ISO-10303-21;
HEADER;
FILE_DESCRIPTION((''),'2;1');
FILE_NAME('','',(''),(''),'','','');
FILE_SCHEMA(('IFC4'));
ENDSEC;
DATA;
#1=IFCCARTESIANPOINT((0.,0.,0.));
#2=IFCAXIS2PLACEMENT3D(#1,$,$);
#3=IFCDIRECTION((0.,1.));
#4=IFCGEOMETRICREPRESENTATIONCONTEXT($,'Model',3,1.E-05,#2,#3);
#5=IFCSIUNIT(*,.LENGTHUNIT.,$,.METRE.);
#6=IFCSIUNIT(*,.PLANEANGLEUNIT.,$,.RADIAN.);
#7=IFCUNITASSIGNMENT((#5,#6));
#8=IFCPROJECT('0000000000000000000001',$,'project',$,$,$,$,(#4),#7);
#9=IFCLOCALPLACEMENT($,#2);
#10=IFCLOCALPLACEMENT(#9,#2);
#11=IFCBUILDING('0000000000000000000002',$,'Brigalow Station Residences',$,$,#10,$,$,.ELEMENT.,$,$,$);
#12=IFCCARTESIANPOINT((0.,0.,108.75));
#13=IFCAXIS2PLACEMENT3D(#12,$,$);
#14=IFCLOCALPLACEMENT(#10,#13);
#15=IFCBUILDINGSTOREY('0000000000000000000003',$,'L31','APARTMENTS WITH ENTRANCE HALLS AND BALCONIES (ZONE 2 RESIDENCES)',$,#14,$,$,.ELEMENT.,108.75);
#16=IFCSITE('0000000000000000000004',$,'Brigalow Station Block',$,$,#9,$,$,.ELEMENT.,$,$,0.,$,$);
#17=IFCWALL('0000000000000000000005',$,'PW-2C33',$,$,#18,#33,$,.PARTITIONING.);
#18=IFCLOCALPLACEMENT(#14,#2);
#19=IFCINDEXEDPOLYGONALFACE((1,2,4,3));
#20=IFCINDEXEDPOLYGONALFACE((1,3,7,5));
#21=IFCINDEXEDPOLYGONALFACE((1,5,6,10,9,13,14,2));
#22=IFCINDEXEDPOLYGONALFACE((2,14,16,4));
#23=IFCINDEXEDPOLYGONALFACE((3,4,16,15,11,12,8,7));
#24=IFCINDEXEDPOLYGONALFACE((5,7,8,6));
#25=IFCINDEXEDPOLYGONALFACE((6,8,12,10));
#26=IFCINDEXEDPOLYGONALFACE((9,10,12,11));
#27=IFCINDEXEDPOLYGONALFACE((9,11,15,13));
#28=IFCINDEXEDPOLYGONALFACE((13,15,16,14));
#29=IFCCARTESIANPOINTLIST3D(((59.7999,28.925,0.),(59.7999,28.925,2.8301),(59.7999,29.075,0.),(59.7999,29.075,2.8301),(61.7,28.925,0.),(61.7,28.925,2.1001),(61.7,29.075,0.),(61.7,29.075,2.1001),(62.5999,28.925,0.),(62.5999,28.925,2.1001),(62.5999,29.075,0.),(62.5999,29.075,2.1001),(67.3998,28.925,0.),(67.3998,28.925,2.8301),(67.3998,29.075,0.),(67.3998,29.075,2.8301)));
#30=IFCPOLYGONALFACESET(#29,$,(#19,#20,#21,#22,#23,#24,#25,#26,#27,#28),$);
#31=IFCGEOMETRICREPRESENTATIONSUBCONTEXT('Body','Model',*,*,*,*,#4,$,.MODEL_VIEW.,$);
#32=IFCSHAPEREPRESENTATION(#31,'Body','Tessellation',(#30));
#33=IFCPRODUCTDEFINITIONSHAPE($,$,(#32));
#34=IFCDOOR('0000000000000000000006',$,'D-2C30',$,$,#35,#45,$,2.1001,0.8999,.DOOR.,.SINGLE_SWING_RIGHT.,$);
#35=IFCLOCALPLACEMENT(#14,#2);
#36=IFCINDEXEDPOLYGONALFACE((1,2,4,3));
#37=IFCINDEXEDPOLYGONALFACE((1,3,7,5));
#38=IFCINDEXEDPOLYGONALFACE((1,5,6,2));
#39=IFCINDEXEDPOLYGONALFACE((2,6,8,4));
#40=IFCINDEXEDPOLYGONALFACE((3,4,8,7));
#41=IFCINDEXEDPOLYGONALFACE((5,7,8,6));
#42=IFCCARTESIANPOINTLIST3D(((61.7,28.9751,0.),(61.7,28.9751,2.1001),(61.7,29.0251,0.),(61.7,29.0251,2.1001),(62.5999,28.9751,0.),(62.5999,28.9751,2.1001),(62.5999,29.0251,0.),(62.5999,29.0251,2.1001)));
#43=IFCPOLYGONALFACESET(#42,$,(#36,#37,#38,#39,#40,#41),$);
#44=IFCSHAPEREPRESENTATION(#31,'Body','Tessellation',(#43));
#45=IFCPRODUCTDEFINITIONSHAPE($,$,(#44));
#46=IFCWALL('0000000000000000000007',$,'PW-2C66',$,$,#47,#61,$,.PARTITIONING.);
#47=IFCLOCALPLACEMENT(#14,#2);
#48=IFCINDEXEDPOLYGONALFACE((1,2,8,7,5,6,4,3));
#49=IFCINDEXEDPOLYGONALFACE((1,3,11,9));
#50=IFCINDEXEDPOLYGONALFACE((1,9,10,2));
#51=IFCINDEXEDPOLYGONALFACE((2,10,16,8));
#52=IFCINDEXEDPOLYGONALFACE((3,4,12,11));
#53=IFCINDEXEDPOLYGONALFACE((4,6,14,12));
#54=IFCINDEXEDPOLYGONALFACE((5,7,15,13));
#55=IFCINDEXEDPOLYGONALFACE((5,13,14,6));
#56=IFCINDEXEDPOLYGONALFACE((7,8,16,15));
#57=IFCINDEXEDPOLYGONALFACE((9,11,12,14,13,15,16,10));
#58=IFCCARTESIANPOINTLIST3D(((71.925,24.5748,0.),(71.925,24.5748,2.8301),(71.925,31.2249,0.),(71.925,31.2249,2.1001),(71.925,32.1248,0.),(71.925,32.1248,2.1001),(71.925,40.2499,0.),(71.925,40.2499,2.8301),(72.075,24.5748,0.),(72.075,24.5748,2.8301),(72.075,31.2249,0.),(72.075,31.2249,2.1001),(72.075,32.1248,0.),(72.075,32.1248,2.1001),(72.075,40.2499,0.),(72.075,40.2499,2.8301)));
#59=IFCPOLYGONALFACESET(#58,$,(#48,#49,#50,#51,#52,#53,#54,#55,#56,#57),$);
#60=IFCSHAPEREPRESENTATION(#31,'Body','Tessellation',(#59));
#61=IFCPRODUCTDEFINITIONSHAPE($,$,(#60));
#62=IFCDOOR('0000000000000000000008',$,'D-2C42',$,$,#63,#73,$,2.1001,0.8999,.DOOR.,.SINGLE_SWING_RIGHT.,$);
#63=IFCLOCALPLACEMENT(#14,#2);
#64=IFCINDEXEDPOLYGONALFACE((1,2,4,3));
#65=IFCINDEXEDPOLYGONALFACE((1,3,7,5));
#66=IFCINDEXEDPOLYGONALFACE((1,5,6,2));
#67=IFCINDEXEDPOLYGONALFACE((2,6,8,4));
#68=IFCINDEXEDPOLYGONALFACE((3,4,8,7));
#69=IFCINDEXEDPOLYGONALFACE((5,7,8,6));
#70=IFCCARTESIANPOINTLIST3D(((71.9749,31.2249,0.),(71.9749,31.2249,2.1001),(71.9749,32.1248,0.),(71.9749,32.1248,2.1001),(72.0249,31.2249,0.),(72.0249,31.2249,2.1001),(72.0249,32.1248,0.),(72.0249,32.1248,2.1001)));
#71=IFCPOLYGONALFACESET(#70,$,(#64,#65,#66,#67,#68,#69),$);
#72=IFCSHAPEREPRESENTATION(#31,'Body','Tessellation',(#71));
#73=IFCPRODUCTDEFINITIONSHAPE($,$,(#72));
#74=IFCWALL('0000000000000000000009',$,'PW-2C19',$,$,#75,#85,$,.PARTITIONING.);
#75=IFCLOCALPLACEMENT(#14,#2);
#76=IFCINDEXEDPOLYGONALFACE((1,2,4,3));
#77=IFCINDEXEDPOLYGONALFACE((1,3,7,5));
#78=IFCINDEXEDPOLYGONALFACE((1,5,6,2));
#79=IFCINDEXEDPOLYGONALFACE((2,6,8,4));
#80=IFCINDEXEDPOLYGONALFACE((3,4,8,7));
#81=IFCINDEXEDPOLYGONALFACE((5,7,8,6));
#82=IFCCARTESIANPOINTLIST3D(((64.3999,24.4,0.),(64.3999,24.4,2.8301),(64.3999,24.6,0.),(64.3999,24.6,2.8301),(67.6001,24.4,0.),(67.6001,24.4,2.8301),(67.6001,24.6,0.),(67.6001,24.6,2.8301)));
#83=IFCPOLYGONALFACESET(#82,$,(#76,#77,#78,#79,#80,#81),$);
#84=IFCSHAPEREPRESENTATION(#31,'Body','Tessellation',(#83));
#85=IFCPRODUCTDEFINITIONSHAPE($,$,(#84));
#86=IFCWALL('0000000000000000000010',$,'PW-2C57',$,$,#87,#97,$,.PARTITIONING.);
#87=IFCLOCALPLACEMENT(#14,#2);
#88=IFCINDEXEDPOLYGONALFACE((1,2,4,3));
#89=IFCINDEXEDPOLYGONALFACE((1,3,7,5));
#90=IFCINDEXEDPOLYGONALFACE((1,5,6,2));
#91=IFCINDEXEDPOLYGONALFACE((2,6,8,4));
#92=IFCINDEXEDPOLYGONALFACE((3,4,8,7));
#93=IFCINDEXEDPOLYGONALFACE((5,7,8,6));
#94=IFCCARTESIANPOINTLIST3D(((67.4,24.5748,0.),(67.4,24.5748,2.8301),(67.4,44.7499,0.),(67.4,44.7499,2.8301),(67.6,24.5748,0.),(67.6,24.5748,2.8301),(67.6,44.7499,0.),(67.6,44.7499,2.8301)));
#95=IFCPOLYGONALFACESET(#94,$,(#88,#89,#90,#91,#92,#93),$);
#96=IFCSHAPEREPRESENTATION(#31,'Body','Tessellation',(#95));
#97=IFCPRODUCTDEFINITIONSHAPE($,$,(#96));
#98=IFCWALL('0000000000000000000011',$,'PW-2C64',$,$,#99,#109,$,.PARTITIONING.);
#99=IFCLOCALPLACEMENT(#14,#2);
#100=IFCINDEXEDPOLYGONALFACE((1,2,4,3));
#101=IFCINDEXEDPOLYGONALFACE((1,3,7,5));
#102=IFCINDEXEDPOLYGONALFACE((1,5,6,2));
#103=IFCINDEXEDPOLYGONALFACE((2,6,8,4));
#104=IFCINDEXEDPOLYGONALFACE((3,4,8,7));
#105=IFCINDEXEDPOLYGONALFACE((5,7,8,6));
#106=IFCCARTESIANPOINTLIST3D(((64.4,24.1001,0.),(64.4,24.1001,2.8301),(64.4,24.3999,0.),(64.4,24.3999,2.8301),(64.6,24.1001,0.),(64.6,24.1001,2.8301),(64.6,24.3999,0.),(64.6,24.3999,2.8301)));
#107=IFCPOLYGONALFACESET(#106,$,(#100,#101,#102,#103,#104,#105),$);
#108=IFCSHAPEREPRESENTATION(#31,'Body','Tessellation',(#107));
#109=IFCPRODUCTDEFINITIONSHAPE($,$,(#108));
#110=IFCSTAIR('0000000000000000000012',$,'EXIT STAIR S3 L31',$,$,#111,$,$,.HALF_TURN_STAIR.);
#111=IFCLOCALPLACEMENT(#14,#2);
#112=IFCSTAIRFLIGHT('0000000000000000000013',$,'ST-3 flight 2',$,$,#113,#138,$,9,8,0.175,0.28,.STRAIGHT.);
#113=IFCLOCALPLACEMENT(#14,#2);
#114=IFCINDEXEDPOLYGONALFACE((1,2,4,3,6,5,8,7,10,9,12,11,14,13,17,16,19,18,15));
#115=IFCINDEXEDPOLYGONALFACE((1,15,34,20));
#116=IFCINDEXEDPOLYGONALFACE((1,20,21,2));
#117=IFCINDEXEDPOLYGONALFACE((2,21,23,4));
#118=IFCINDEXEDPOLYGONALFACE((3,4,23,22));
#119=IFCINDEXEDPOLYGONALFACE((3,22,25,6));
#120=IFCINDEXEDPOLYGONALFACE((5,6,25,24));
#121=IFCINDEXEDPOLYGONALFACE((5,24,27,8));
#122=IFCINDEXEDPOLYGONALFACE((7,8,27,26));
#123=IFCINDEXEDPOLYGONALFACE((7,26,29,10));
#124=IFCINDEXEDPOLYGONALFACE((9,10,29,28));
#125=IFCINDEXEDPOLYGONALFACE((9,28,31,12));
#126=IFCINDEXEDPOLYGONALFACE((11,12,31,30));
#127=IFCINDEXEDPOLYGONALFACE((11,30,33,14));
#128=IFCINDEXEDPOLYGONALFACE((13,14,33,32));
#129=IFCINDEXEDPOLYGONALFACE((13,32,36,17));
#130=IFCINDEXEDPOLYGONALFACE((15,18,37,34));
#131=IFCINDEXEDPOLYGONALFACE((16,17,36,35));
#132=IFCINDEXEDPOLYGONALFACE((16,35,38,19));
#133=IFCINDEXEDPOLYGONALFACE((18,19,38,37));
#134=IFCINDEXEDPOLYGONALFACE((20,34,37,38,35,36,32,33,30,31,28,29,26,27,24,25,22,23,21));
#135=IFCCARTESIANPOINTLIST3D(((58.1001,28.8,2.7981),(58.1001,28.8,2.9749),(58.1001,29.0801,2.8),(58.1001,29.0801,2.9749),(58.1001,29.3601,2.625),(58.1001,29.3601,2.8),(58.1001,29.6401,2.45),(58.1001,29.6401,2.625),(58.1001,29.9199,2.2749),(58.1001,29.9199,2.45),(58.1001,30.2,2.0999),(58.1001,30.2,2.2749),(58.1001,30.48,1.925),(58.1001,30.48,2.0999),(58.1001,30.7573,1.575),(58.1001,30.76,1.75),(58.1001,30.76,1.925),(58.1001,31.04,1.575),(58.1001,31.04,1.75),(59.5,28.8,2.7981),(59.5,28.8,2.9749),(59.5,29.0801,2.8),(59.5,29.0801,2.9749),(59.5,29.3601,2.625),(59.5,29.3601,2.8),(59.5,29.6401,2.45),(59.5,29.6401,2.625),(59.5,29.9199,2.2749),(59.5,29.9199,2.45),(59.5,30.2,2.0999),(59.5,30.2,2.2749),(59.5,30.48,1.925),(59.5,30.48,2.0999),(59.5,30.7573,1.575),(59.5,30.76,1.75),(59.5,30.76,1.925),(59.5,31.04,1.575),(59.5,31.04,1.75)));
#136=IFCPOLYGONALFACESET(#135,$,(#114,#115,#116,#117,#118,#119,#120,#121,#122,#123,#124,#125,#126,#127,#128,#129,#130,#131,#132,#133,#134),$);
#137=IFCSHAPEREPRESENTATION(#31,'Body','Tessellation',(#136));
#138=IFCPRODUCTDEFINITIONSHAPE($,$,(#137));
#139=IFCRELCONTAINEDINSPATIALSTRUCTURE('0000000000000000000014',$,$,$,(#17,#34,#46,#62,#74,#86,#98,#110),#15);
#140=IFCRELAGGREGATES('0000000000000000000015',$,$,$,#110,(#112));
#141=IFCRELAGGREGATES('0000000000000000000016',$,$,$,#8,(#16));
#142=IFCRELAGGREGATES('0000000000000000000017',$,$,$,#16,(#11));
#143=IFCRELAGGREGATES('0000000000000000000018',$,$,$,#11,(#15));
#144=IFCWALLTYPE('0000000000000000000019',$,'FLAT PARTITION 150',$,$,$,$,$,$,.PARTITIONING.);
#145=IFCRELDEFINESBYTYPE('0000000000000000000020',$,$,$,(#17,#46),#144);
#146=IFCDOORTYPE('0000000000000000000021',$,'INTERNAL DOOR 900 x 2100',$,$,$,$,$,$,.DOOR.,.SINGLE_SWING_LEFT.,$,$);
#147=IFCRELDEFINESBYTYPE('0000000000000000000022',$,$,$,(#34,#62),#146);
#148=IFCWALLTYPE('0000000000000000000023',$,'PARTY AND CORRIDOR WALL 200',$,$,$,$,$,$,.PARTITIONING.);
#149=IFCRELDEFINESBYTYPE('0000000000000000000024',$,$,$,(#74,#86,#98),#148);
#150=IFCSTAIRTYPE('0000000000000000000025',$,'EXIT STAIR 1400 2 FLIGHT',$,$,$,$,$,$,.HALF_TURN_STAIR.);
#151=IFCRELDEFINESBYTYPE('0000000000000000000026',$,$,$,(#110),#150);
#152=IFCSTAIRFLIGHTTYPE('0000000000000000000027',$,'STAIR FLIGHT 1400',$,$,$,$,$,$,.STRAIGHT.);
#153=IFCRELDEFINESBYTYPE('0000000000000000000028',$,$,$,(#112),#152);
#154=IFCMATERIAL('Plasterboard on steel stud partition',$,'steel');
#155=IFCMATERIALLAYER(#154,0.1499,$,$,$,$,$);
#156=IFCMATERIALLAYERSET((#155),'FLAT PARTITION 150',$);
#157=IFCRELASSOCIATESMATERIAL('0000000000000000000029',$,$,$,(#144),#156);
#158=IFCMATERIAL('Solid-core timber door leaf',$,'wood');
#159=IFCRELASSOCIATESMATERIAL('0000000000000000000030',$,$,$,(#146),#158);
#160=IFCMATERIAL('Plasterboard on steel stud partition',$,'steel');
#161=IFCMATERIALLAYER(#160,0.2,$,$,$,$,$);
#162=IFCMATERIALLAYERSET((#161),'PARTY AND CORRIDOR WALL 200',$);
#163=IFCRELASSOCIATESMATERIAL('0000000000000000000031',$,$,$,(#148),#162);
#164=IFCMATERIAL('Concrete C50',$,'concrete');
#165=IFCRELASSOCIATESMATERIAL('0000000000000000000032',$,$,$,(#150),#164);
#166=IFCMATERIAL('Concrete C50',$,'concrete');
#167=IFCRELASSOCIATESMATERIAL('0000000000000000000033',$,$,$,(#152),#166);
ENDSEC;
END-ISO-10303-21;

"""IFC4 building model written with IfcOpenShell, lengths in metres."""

from ifc_helpers import new_model, si_unit, direction, frame, frame_2d, origin, place, context, subcontext, project, spatial, polyline, rectangle, outline, extrude, material, layer, layer_set, type_object, element, fill, aggregate, save


model = new_model("IFC4")

# Units and contexts
model_context = context("Model", 3, precision=1e-05, world=origin(), true_north=direction((0.0, 1.0)))
body_context = subcontext(model_context, "Body", "Model", "MODEL_VIEW")
ifc_project = project(units=[si_unit("LENGTHUNIT", "METRE"), si_unit("PLANEANGLEUNIT", "RADIAN")], contexts=[model_context])

# Site, building, storey
site_placement = place(None, origin())
site = spatial("IfcSite", under=ifc_project, at=site_placement, Name="Brigalow Station Block", CompositionType="ELEMENT", RefElevation=0.0)
building_placement = place(site_placement, origin())
building = spatial("IfcBuilding", under=site, at=building_placement, Name="Brigalow Station Residences", CompositionType="ELEMENT")
storey_placement = place(building_placement, frame((0.0, 0.0, 108.75)))
storey = spatial("IfcBuildingStorey", under=building, at=storey_placement, Name="L31", Description="APARTMENTS WITH ENTRANCE HALLS AND BALCONIES (ZONE 2 RESIDENCES)", CompositionType="ELEMENT", Elevation=108.75)

# Shared definitions
ifc_material_1 = material(Name="Plasterboard on steel stud partition", Category="steel")
ifc_layer_1 = layer(ifc_material_1, 0.1499)
ifc_layer_set_1 = layer_set([ifc_layer_1], Name="FLAT PARTITION 150")
wall_type_1 = type_object("IfcWallType", Name="FLAT PARTITION 150", PredefinedType="PARTITIONING", material=ifc_layer_set_1)

# Walls, openings, doors
wall_1_placement = place(storey_placement, frame((59.8, 29.0, 0.0), z_axis=(0.0, 0.0, 1.0), x_axis=(1.0, 0.0, 0.0)))
wall_1 = element("IfcWall", 1, at=wall_1_placement, inside=storey, type_object=wall_type_1, Name="PW-2C33", PredefinedType="PARTITIONING", context=body_context, shape_type="SweptSolid", body=[
    extrude(rectangle(XDim=7.5999, YDim=0.1499, at=frame_2d((3.7998, 0.0))), origin(), (0.0, 0.0, 1.0), 2.8301),
])
opening_1_placement = place(wall_1_placement, frame((1.8999, 0.0, 0.0)))
opening_1 = element("IfcOpeningElement", 2, at=opening_1_placement, cuts=wall_1, PredefinedType="OPENING", context=body_context, shape_type="SweptSolid", body=[
    extrude(rectangle(XDim=0.8999, YDim=2.1001, at=frame_2d((0.45, 1.05))), frame((0.0, 0.085, 0.0), z_axis=(0.0, -1.0, 0.0), x_axis=(1.0, 0.0, 0.0)), (0.0, 0.0, 1.0), 0.1699),
])
ifc_material_2 = material(Name="Solid-core timber door leaf", Category="wood")
door_type_1 = type_object("IfcDoorType", Name="INTERNAL DOOR 900 x 2100", OperationType="SINGLE_SWING_LEFT", PredefinedType="DOOR", material=ifc_material_2)
door_1_placement = place(opening_1_placement, frame((0.8999, 0.0, 0.0), z_axis=(0.0, 0.0, 1.0), x_axis=(-1.0, 0.0, 0.0)))
door_1 = element("IfcDoor", 3, at=door_1_placement, inside=storey, type_object=door_type_1, Name="D-2C30", OperationType="SINGLE_SWING_RIGHT", OverallHeight=2.1001, OverallWidth=0.8999, PredefinedType="DOOR", context=body_context, shape_type="SweptSolid", body=[
    extrude(rectangle(XDim=0.8999, YDim=2.1001, at=frame_2d((0.45, 1.05))), frame((0.0, 0.0249, 0.0), z_axis=(0.0, -1.0, 0.0), x_axis=(1.0, 0.0, 0.0)), (0.0, 0.0, 1.0), 0.05),
])
fill(opening_1, door_1)
wall_2_placement = place(storey_placement, frame((72.0, 24.575, 0.0), z_axis=(0.0, 0.0, 1.0), x_axis=(0.0, 1.0, 0.0)))
wall_2 = element("IfcWall", 4, at=wall_2_placement, inside=storey, type_object=wall_type_1, Name="PW-2C66", PredefinedType="PARTITIONING", context=body_context, shape_type="SweptSolid", body=[
    extrude(rectangle(XDim=15.675, YDim=0.1499, at=frame_2d((7.8374, 0.0))), origin(), (0.0, 0.0, 1.0), 2.8301),
])
opening_2_placement = place(wall_2_placement, frame((6.6499, 0.0, 0.0)))
opening_2 = element("IfcOpeningElement", 5, at=opening_2_placement, cuts=wall_2, PredefinedType="OPENING", context=body_context, shape_type="SweptSolid", body=[
    extrude(rectangle(XDim=0.8999, YDim=2.1001, at=frame_2d((0.45, 1.05))), frame((0.0, 0.085, 0.0), z_axis=(0.0, -1.0, 0.0), x_axis=(1.0, 0.0, 0.0)), (0.0, 0.0, 1.0), 0.1699),
])
door_2_placement = place(opening_2_placement, frame((0.8999, 0.0, 0.0), z_axis=(0.0, 0.0, 1.0), x_axis=(-1.0, 0.0, 0.0)))
door_2 = element("IfcDoor", 6, at=door_2_placement, inside=storey, type_object=door_type_1, Name="D-2C42", OperationType="SINGLE_SWING_RIGHT", OverallHeight=2.1001, OverallWidth=0.8999, PredefinedType="DOOR", context=body_context, shape_type="SweptSolid", body=[
    extrude(rectangle(XDim=0.8999, YDim=2.1001, at=frame_2d((0.45, 1.05))), frame((0.0, 0.0249, 0.0), z_axis=(0.0, -1.0, 0.0), x_axis=(1.0, 0.0, 0.0)), (0.0, 0.0, 1.0), 0.05),
])
fill(opening_2, door_2)

# Walls
ifc_material_3 = material(Name="Plasterboard on steel stud partition", Category="steel")
ifc_layer_2 = layer(ifc_material_3, 0.2)
ifc_layer_set_2 = layer_set([ifc_layer_2], Name="PARTY AND CORRIDOR WALL 200")
wall_type_2 = type_object("IfcWallType", Name="PARTY AND CORRIDOR WALL 200", PredefinedType="PARTITIONING", material=ifc_layer_set_2)
wall_3_placement = place(storey_placement, frame((64.3999, 24.5, 0.0), z_axis=(0.0, 0.0, 1.0), x_axis=(1.0, 0.0, 0.0)))
element("IfcWall", 7, at=wall_3_placement, inside=storey, type_object=wall_type_2, Name="PW-2C19", PredefinedType="PARTITIONING", context=body_context, shape_type="SweptSolid", body=[
    extrude(rectangle(XDim=3.2002, YDim=0.2, at=frame_2d((1.6001, 0.0))), origin(), (0.0, 0.0, 1.0), 2.8301),
])
wall_4_placement = place(storey_placement, frame((67.5, 24.575, 0.0), z_axis=(0.0, 0.0, 1.0), x_axis=(0.0, 1.0, 0.0)))
element("IfcWall", 8, at=wall_4_placement, inside=storey, type_object=wall_type_2, Name="PW-2C57", PredefinedType="PARTITIONING", context=body_context, shape_type="SweptSolid", body=[
    extrude(rectangle(XDim=20.175, YDim=0.2, at=frame_2d((10.0874, 0.0))), origin(), (0.0, 0.0, 1.0), 2.8301),
])
wall_5_placement = place(storey_placement, frame((64.5, 24.1001, 0.0), z_axis=(0.0, 0.0, 1.0), x_axis=(0.0, 1.0, 0.0)))
element("IfcWall", 9, at=wall_5_placement, inside=storey, type_object=wall_type_2, Name="PW-2C64", PredefinedType="PARTITIONING", context=body_context, shape_type="SweptSolid", body=[
    extrude(rectangle(XDim=0.2998, YDim=0.2, at=frame_2d((0.1499, 0.0))), origin(), (0.0, 0.0, 1.0), 2.8301),
])

# Stair, stair flight
ifc_material_4 = material(Name="Concrete C50", Category="concrete")
stair_type = type_object("IfcStairType", Name="EXIT STAIR 1400 2 FLIGHT", PredefinedType="HALF_TURN_STAIR", material=ifc_material_4)
stair_placement = place(storey_placement, origin())
stair = element("IfcStair", 10, at=stair_placement, inside=storey, type_object=stair_type, Name="EXIT STAIR S3 L31", PredefinedType="HALF_TURN_STAIR")
ifc_material_5 = material(Name="Concrete C50", Category="concrete")
stair_flight_type = type_object("IfcStairFlightType", Name="STAIR FLIGHT 1400", PredefinedType="STRAIGHT", material=ifc_material_5)
stair_flight_placement = place(storey_placement, frame((58.8, 31.04, 1.575), z_axis=(0.0, 0.0, 1.0), x_axis=(0.0, -1.0, 0.0)))
stair_flight = element("IfcStairFlight", 11, at=stair_flight_placement, type_object=stair_flight_type, Name="ST-3 flight 2", NumberOfRisers=9, NumberOfTreads=8, PredefinedType="STRAIGHT", RiserHeight=0.175, TreadLength=0.28, context=body_context, shape_type="SweptSolid", body=[
    extrude(outline(polyline([(0.0, 0.0), (0.0, 0.175), (0.28, 0.175), (0.28, 0.3501), (0.5601, 0.3501), (0.5601, 0.5249), (0.8401, 0.5249), (0.8401, 0.7), (1.1201, 0.7), (1.1201, 0.875), (1.3999, 0.875), (1.3999, 1.05), (1.6799, 1.05), (1.6799, 1.2251), (1.96, 1.2251), (1.96, 1.3999), (2.24, 1.3999), (2.24, 1.575), (2.24, 1.2231), (0.2827, 0.0), (0.0, 0.0)])), frame((0.0, 0.7, 0.0), z_axis=(0.0, -1.0, 0.0), x_axis=(1.0, 0.0, 0.0)), (0.0, 0.0, 1.0), 1.3999),
])
aggregate(stair, [stair_flight])

save(model, "model.ifc")
